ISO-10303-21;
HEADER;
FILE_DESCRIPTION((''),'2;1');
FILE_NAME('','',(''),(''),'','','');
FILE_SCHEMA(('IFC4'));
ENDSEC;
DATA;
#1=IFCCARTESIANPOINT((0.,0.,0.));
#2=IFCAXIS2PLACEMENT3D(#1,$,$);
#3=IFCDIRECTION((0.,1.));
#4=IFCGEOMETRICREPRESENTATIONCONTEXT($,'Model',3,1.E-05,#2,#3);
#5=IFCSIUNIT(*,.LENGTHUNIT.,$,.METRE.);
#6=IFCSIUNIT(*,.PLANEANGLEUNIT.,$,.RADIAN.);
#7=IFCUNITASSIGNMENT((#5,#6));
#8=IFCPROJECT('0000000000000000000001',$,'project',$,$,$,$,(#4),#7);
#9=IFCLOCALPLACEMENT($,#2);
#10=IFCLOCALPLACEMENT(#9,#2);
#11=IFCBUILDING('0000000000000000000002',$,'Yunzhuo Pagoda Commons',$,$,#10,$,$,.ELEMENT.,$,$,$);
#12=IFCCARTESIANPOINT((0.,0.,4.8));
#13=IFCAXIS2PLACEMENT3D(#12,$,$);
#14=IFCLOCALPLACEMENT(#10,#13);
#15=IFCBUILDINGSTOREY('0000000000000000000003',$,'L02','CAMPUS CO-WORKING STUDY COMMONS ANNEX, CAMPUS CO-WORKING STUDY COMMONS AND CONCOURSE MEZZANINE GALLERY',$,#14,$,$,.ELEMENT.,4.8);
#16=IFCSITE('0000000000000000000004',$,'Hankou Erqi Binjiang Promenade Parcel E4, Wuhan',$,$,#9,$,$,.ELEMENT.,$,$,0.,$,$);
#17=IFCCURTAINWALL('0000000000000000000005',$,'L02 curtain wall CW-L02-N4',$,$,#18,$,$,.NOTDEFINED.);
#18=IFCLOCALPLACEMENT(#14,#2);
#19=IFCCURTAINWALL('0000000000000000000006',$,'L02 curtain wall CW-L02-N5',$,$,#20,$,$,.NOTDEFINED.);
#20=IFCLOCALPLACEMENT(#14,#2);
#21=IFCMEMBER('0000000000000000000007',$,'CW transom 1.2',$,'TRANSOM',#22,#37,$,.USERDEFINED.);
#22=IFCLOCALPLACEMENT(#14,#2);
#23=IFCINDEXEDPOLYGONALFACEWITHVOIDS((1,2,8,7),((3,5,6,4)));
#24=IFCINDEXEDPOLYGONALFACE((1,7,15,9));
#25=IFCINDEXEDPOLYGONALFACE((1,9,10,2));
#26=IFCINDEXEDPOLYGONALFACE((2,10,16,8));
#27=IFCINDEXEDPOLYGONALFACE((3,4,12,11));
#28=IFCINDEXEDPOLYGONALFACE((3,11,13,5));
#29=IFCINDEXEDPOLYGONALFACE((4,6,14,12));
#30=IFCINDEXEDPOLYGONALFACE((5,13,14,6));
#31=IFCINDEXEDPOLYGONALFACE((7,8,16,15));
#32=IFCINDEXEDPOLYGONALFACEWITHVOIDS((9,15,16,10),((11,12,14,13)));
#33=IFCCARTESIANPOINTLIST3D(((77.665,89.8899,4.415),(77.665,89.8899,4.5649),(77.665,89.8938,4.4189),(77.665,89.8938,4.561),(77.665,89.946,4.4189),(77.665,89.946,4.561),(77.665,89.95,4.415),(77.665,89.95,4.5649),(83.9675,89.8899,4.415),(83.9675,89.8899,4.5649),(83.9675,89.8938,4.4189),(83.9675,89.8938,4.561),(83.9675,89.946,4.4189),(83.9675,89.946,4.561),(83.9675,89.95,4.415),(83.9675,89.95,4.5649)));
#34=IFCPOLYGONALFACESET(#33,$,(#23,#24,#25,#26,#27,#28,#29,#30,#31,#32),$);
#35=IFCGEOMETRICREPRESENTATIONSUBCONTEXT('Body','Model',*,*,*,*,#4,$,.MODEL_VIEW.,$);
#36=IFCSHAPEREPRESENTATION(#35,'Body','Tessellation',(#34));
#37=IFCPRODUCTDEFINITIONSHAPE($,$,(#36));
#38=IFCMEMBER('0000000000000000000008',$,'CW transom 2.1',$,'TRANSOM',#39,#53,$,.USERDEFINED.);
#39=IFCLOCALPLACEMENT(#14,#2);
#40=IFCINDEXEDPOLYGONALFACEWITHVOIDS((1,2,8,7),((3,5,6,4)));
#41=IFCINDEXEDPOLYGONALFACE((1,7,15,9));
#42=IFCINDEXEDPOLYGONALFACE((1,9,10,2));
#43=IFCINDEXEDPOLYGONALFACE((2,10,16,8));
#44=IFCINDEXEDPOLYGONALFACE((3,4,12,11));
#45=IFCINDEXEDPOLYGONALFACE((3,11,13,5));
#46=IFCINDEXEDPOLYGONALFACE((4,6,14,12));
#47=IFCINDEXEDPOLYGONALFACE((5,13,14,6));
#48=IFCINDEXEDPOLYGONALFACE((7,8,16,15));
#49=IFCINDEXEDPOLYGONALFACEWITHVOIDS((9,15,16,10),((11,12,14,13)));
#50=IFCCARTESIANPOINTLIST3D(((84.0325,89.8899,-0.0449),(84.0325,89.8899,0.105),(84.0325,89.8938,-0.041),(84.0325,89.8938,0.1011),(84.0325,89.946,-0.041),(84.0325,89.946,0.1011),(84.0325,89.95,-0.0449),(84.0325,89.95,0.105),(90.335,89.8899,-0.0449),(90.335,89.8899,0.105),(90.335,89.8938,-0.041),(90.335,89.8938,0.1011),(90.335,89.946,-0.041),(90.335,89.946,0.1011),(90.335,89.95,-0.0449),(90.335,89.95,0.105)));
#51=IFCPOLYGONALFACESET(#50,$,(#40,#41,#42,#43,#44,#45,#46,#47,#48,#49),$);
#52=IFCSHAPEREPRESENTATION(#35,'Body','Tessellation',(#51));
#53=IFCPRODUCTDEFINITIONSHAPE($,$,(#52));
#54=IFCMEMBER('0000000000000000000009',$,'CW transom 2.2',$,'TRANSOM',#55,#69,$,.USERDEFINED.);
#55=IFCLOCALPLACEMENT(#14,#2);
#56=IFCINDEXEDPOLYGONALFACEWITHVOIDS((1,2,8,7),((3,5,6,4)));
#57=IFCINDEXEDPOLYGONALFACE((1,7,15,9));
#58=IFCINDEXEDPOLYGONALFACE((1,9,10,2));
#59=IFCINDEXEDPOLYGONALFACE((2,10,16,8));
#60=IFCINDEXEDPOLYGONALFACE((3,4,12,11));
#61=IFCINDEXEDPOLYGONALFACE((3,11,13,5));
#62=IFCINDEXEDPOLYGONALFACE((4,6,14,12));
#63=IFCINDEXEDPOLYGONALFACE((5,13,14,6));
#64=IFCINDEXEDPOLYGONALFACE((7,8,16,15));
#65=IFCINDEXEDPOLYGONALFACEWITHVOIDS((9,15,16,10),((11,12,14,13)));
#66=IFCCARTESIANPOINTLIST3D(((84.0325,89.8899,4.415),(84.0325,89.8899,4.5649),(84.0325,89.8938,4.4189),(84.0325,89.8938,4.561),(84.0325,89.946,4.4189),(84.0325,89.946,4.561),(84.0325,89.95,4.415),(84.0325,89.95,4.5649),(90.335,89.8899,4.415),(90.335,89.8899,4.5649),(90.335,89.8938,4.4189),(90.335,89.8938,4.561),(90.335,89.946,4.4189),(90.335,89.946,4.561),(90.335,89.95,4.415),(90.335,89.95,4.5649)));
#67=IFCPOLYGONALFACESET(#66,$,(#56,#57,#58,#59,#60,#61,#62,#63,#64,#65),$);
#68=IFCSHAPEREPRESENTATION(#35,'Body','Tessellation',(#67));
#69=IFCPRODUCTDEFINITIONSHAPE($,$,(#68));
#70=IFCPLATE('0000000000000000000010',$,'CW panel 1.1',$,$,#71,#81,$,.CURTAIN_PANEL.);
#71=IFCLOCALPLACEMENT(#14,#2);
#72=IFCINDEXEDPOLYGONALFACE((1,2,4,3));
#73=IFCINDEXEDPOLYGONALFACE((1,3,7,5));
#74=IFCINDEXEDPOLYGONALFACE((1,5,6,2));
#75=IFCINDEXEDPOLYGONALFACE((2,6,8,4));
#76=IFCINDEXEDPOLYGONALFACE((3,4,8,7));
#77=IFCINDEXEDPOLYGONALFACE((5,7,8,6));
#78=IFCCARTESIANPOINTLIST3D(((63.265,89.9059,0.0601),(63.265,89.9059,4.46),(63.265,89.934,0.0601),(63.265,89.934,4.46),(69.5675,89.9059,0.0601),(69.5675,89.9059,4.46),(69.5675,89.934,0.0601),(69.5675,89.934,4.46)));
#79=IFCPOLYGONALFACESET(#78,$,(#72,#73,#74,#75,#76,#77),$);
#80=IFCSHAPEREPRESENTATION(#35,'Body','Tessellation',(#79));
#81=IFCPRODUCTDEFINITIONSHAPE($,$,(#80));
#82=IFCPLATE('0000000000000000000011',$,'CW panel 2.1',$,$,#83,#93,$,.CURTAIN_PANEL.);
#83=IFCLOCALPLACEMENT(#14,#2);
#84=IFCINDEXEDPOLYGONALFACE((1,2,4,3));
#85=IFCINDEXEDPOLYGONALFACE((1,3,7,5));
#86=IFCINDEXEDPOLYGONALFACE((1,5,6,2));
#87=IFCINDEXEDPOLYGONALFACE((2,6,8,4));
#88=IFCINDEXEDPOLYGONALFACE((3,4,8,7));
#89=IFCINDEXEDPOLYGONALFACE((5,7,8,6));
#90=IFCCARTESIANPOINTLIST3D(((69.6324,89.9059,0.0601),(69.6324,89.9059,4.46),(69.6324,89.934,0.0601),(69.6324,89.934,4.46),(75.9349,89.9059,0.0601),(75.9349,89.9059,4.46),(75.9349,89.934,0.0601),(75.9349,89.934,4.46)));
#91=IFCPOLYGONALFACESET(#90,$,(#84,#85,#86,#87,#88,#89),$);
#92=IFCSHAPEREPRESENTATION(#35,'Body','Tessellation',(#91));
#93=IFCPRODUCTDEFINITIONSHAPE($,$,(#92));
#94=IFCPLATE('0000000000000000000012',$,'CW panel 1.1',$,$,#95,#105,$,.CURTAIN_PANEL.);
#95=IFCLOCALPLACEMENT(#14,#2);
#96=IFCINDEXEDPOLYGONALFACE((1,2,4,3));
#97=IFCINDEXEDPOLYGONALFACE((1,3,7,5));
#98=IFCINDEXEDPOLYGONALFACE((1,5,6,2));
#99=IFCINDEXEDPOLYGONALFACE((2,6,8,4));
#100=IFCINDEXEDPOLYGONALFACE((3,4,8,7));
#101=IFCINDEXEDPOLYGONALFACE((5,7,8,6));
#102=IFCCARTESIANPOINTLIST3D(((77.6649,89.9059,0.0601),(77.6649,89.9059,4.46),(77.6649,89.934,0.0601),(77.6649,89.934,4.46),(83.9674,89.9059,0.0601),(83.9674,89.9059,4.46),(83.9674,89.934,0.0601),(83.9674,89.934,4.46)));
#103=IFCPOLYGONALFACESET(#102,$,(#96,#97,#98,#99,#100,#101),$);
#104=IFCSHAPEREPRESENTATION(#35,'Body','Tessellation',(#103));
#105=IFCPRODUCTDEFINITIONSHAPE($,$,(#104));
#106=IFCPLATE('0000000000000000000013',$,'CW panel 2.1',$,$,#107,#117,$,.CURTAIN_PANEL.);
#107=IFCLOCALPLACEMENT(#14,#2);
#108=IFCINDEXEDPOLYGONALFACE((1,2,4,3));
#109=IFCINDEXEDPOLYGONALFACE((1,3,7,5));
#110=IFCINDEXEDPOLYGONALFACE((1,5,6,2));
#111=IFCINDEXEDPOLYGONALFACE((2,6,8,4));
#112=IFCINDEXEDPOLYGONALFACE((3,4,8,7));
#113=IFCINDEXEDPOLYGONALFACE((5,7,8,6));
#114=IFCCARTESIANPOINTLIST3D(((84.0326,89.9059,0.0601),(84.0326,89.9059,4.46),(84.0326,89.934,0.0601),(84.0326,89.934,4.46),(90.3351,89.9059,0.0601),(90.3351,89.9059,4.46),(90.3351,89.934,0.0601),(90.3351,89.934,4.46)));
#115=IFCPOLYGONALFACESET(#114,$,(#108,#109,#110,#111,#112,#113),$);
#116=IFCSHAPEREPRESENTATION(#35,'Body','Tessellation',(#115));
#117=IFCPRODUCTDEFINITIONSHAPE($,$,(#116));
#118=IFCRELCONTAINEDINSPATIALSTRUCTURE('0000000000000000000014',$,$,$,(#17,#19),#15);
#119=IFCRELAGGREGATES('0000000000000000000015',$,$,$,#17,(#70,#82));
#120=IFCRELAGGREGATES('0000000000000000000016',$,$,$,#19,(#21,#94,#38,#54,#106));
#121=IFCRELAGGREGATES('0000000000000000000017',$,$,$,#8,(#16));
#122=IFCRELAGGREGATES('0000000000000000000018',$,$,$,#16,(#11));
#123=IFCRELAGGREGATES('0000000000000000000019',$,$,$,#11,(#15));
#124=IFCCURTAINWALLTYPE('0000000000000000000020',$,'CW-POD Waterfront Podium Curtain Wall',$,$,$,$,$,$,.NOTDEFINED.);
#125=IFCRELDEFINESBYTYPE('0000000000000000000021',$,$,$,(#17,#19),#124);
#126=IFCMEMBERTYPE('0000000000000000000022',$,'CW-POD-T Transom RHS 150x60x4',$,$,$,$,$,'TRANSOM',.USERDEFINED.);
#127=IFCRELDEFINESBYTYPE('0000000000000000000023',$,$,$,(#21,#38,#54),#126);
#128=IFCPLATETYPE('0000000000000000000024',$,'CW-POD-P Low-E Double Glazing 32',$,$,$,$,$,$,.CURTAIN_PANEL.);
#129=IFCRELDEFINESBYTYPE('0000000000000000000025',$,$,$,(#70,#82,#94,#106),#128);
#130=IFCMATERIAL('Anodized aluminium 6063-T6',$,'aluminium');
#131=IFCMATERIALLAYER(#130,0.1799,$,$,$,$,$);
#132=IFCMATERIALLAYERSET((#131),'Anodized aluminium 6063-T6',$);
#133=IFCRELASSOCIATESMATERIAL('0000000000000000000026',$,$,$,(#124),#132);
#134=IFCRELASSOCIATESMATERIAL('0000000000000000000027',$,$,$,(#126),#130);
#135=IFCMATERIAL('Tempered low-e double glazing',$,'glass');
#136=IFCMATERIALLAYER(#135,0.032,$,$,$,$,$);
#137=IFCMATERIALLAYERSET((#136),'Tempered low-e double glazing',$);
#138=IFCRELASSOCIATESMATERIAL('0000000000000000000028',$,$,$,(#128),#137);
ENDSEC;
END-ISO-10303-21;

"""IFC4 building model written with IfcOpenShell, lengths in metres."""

from ifc_helpers import new_model, si_unit, direction, frame, origin, origin_2d, place, context, subcontext, project, spatial, rectangle, hollow_rectangle, extrude, source, transform, mapped, material, layer, layer_set, material_profile, profile_set, type_object, element, aggregate, save


model = new_model("IFC4")

# Units and contexts
model_context = context("Model", 3, precision=1e-05, world=origin(), true_north=direction((0.0, 1.0)))
body_context = subcontext(model_context, "Body", "Model", "MODEL_VIEW")
ifc_project = project(units=[si_unit("LENGTHUNIT", "METRE"), si_unit("PLANEANGLEUNIT", "RADIAN")], contexts=[model_context])

# Site, building, storey
site_placement = place(None, origin())
site = spatial("IfcSite", under=ifc_project, at=site_placement, Name="Hankou Erqi Binjiang Promenade Parcel E4, Wuhan", CompositionType="ELEMENT", RefElevation=0.0)
building_placement = place(site_placement, origin())
building = spatial("IfcBuilding", under=site, at=building_placement, Name="Yunzhuo Pagoda Commons", CompositionType="ELEMENT")
storey_placement = place(building_placement, frame((0.0, 0.0, 4.8)))
storey = spatial("IfcBuildingStorey", under=building, at=storey_placement, Name="L02", Description="CAMPUS CO-WORKING STUDY COMMONS ANNEX, CAMPUS CO-WORKING STUDY COMMONS AND CONCOURSE MEZZANINE GALLERY", CompositionType="ELEMENT", Elevation=4.8)

# Curtain walls
ifc_material_1 = material(Name="Anodized aluminium 6063-T6", Category="aluminium")
ifc_layer_1 = layer(ifc_material_1, 0.1799)
ifc_layer_set_1 = layer_set([ifc_layer_1], Name="Anodized aluminium 6063-T6")
curtain_wall_type = type_object("IfcCurtainWallType", Name="CW-POD Waterfront Podium Curtain Wall", PredefinedType="NOTDEFINED", material=ifc_layer_set_1)
curtain_wall_1_placement = place(storey_placement, origin())
curtain_wall_1 = element("IfcCurtainWall", 1, at=curtain_wall_1_placement, inside=storey, type_object=curtain_wall_type, Name="L02 curtain wall CW-L02-N4", PredefinedType="NOTDEFINED")
curtain_wall_2_placement = place(storey_placement, origin())
curtain_wall_2 = element("IfcCurtainWall", 2, at=curtain_wall_2_placement, inside=storey, type_object=curtain_wall_type, Name="L02 curtain wall CW-L02-N5", PredefinedType="NOTDEFINED")

# Members
ifc_material_profile_1 = material_profile(ifc_material_1, hollow_rectangle(XDim=0.0601, YDim=0.1499, WallThickness=0.0039, at=origin_2d()), Name="Anodized aluminium 6063-T6")
ifc_profile_set_1 = profile_set([ifc_material_profile_1], Name="Anodized aluminium 6063-T6")
member_type_1 = type_object("IfcMemberType", Name="CW-POD-T Transom RHS 150x60x4", ElementType="TRANSOM", PredefinedType="USERDEFINED", material=ifc_profile_set_1)
shared_shape_1 = source(origin(), body_context, "Body", "SweptSolid", [
    extrude(hollow_rectangle(XDim=0.0601, YDim=0.1499, WallThickness=0.0039, at=origin_2d()), origin(), (0.0, 0.0, 1.0), 6.3025),
])
member_1_placement = place(storey_placement, frame((77.665, 89.9199, 4.49), z_axis=(1.0, 0.0, 0.0), x_axis=(0.0, 1.0, 0.0)))
member_1 = element("IfcMember", 3, at=member_1_placement, type_object=member_type_1, Name="CW transom 1.2", ObjectType="TRANSOM", PredefinedType="USERDEFINED", context=body_context, shape_type="MappedRepresentation", body=[
    mapped(shared_shape_1, transform((0.0, 0.0, 0.0), scale=1.0)),
])
member_2_placement = place(storey_placement, frame((84.0325, 89.9199, 0.03), z_axis=(1.0, 0.0, 0.0), x_axis=(0.0, 1.0, 0.0)))
member_2 = element("IfcMember", 4, at=member_2_placement, type_object=member_type_1, Name="CW transom 2.1", ObjectType="TRANSOM", PredefinedType="USERDEFINED", context=body_context, shape_type="MappedRepresentation", body=[
    mapped(shared_shape_1, transform((0.0, 0.0, 0.0), scale=1.0)),
])
member_3_placement = place(storey_placement, frame((84.0325, 89.9199, 4.49), z_axis=(1.0, 0.0, 0.0), x_axis=(0.0, 1.0, 0.0)))
member_3 = element("IfcMember", 5, at=member_3_placement, type_object=member_type_1, Name="CW transom 2.2", ObjectType="TRANSOM", PredefinedType="USERDEFINED", context=body_context, shape_type="MappedRepresentation", body=[
    mapped(shared_shape_1, transform((0.0, 0.0, 0.0), scale=1.0)),
])

# Plates
ifc_material_2 = material(Name="Tempered low-e double glazing", Category="glass")
ifc_layer_2 = layer(ifc_material_2, 0.032)
ifc_layer_set_2 = layer_set([ifc_layer_2], Name="Tempered low-e double glazing")
plate_type = type_object("IfcPlateType", Name="CW-POD-P Low-E Double Glazing 32", PredefinedType="CURTAIN_PANEL", material=ifc_layer_set_2)
shared_shape_2 = source(origin(), body_context, "Body", "SweptSolid", [
    extrude(rectangle(XDim=6.3025, YDim=0.0281, at=origin_2d()), origin(), (0.0, 0.0, 1.0), 4.3999),
])
plate_1_placement = place(storey_placement, frame((66.4163, 89.9199, 0.0601), z_axis=(0.0, 0.0, 1.0), x_axis=(1.0, 0.0, 0.0)))
plate_1 = element("IfcPlate", 6, at=plate_1_placement, type_object=plate_type, Name="CW panel 1.1", PredefinedType="CURTAIN_PANEL", context=body_context, shape_type="MappedRepresentation", body=[
    mapped(shared_shape_2, transform((0.0, 0.0, 0.0), scale=1.0)),
])
plate_2_placement = place(storey_placement, frame((72.7837, 89.9199, 0.0601), z_axis=(0.0, 0.0, 1.0), x_axis=(1.0, 0.0, 0.0)))
plate_2 = element("IfcPlate", 7, at=plate_2_placement, type_object=plate_type, Name="CW panel 2.1", PredefinedType="CURTAIN_PANEL", context=body_context, shape_type="MappedRepresentation", body=[
    mapped(shared_shape_2, transform((0.0, 0.0, 0.0), scale=1.0)),
])
aggregate(curtain_wall_1, [plate_1, plate_2])
plate_3_placement = place(storey_placement, frame((80.8162, 89.9199, 0.0601), z_axis=(0.0, 0.0, 1.0), x_axis=(1.0, 0.0, 0.0)))
plate_3 = element("IfcPlate", 8, at=plate_3_placement, type_object=plate_type, Name="CW panel 1.1", PredefinedType="CURTAIN_PANEL", context=body_context, shape_type="MappedRepresentation", body=[
    mapped(shared_shape_2, transform((0.0, 0.0, 0.0), scale=1.0)),
])
plate_4_placement = place(storey_placement, frame((87.1838, 89.9199, 0.0601), z_axis=(0.0, 0.0, 1.0), x_axis=(1.0, 0.0, 0.0)))
plate_4 = element("IfcPlate", 9, at=plate_4_placement, type_object=plate_type, Name="CW panel 2.1", PredefinedType="CURTAIN_PANEL", context=body_context, shape_type="MappedRepresentation", body=[
    mapped(shared_shape_2, transform((0.0, 0.0, 0.0), scale=1.0)),
])
aggregate(curtain_wall_2, [member_1, plate_3, member_2, member_3, plate_4])

save(model, "model.ifc")
